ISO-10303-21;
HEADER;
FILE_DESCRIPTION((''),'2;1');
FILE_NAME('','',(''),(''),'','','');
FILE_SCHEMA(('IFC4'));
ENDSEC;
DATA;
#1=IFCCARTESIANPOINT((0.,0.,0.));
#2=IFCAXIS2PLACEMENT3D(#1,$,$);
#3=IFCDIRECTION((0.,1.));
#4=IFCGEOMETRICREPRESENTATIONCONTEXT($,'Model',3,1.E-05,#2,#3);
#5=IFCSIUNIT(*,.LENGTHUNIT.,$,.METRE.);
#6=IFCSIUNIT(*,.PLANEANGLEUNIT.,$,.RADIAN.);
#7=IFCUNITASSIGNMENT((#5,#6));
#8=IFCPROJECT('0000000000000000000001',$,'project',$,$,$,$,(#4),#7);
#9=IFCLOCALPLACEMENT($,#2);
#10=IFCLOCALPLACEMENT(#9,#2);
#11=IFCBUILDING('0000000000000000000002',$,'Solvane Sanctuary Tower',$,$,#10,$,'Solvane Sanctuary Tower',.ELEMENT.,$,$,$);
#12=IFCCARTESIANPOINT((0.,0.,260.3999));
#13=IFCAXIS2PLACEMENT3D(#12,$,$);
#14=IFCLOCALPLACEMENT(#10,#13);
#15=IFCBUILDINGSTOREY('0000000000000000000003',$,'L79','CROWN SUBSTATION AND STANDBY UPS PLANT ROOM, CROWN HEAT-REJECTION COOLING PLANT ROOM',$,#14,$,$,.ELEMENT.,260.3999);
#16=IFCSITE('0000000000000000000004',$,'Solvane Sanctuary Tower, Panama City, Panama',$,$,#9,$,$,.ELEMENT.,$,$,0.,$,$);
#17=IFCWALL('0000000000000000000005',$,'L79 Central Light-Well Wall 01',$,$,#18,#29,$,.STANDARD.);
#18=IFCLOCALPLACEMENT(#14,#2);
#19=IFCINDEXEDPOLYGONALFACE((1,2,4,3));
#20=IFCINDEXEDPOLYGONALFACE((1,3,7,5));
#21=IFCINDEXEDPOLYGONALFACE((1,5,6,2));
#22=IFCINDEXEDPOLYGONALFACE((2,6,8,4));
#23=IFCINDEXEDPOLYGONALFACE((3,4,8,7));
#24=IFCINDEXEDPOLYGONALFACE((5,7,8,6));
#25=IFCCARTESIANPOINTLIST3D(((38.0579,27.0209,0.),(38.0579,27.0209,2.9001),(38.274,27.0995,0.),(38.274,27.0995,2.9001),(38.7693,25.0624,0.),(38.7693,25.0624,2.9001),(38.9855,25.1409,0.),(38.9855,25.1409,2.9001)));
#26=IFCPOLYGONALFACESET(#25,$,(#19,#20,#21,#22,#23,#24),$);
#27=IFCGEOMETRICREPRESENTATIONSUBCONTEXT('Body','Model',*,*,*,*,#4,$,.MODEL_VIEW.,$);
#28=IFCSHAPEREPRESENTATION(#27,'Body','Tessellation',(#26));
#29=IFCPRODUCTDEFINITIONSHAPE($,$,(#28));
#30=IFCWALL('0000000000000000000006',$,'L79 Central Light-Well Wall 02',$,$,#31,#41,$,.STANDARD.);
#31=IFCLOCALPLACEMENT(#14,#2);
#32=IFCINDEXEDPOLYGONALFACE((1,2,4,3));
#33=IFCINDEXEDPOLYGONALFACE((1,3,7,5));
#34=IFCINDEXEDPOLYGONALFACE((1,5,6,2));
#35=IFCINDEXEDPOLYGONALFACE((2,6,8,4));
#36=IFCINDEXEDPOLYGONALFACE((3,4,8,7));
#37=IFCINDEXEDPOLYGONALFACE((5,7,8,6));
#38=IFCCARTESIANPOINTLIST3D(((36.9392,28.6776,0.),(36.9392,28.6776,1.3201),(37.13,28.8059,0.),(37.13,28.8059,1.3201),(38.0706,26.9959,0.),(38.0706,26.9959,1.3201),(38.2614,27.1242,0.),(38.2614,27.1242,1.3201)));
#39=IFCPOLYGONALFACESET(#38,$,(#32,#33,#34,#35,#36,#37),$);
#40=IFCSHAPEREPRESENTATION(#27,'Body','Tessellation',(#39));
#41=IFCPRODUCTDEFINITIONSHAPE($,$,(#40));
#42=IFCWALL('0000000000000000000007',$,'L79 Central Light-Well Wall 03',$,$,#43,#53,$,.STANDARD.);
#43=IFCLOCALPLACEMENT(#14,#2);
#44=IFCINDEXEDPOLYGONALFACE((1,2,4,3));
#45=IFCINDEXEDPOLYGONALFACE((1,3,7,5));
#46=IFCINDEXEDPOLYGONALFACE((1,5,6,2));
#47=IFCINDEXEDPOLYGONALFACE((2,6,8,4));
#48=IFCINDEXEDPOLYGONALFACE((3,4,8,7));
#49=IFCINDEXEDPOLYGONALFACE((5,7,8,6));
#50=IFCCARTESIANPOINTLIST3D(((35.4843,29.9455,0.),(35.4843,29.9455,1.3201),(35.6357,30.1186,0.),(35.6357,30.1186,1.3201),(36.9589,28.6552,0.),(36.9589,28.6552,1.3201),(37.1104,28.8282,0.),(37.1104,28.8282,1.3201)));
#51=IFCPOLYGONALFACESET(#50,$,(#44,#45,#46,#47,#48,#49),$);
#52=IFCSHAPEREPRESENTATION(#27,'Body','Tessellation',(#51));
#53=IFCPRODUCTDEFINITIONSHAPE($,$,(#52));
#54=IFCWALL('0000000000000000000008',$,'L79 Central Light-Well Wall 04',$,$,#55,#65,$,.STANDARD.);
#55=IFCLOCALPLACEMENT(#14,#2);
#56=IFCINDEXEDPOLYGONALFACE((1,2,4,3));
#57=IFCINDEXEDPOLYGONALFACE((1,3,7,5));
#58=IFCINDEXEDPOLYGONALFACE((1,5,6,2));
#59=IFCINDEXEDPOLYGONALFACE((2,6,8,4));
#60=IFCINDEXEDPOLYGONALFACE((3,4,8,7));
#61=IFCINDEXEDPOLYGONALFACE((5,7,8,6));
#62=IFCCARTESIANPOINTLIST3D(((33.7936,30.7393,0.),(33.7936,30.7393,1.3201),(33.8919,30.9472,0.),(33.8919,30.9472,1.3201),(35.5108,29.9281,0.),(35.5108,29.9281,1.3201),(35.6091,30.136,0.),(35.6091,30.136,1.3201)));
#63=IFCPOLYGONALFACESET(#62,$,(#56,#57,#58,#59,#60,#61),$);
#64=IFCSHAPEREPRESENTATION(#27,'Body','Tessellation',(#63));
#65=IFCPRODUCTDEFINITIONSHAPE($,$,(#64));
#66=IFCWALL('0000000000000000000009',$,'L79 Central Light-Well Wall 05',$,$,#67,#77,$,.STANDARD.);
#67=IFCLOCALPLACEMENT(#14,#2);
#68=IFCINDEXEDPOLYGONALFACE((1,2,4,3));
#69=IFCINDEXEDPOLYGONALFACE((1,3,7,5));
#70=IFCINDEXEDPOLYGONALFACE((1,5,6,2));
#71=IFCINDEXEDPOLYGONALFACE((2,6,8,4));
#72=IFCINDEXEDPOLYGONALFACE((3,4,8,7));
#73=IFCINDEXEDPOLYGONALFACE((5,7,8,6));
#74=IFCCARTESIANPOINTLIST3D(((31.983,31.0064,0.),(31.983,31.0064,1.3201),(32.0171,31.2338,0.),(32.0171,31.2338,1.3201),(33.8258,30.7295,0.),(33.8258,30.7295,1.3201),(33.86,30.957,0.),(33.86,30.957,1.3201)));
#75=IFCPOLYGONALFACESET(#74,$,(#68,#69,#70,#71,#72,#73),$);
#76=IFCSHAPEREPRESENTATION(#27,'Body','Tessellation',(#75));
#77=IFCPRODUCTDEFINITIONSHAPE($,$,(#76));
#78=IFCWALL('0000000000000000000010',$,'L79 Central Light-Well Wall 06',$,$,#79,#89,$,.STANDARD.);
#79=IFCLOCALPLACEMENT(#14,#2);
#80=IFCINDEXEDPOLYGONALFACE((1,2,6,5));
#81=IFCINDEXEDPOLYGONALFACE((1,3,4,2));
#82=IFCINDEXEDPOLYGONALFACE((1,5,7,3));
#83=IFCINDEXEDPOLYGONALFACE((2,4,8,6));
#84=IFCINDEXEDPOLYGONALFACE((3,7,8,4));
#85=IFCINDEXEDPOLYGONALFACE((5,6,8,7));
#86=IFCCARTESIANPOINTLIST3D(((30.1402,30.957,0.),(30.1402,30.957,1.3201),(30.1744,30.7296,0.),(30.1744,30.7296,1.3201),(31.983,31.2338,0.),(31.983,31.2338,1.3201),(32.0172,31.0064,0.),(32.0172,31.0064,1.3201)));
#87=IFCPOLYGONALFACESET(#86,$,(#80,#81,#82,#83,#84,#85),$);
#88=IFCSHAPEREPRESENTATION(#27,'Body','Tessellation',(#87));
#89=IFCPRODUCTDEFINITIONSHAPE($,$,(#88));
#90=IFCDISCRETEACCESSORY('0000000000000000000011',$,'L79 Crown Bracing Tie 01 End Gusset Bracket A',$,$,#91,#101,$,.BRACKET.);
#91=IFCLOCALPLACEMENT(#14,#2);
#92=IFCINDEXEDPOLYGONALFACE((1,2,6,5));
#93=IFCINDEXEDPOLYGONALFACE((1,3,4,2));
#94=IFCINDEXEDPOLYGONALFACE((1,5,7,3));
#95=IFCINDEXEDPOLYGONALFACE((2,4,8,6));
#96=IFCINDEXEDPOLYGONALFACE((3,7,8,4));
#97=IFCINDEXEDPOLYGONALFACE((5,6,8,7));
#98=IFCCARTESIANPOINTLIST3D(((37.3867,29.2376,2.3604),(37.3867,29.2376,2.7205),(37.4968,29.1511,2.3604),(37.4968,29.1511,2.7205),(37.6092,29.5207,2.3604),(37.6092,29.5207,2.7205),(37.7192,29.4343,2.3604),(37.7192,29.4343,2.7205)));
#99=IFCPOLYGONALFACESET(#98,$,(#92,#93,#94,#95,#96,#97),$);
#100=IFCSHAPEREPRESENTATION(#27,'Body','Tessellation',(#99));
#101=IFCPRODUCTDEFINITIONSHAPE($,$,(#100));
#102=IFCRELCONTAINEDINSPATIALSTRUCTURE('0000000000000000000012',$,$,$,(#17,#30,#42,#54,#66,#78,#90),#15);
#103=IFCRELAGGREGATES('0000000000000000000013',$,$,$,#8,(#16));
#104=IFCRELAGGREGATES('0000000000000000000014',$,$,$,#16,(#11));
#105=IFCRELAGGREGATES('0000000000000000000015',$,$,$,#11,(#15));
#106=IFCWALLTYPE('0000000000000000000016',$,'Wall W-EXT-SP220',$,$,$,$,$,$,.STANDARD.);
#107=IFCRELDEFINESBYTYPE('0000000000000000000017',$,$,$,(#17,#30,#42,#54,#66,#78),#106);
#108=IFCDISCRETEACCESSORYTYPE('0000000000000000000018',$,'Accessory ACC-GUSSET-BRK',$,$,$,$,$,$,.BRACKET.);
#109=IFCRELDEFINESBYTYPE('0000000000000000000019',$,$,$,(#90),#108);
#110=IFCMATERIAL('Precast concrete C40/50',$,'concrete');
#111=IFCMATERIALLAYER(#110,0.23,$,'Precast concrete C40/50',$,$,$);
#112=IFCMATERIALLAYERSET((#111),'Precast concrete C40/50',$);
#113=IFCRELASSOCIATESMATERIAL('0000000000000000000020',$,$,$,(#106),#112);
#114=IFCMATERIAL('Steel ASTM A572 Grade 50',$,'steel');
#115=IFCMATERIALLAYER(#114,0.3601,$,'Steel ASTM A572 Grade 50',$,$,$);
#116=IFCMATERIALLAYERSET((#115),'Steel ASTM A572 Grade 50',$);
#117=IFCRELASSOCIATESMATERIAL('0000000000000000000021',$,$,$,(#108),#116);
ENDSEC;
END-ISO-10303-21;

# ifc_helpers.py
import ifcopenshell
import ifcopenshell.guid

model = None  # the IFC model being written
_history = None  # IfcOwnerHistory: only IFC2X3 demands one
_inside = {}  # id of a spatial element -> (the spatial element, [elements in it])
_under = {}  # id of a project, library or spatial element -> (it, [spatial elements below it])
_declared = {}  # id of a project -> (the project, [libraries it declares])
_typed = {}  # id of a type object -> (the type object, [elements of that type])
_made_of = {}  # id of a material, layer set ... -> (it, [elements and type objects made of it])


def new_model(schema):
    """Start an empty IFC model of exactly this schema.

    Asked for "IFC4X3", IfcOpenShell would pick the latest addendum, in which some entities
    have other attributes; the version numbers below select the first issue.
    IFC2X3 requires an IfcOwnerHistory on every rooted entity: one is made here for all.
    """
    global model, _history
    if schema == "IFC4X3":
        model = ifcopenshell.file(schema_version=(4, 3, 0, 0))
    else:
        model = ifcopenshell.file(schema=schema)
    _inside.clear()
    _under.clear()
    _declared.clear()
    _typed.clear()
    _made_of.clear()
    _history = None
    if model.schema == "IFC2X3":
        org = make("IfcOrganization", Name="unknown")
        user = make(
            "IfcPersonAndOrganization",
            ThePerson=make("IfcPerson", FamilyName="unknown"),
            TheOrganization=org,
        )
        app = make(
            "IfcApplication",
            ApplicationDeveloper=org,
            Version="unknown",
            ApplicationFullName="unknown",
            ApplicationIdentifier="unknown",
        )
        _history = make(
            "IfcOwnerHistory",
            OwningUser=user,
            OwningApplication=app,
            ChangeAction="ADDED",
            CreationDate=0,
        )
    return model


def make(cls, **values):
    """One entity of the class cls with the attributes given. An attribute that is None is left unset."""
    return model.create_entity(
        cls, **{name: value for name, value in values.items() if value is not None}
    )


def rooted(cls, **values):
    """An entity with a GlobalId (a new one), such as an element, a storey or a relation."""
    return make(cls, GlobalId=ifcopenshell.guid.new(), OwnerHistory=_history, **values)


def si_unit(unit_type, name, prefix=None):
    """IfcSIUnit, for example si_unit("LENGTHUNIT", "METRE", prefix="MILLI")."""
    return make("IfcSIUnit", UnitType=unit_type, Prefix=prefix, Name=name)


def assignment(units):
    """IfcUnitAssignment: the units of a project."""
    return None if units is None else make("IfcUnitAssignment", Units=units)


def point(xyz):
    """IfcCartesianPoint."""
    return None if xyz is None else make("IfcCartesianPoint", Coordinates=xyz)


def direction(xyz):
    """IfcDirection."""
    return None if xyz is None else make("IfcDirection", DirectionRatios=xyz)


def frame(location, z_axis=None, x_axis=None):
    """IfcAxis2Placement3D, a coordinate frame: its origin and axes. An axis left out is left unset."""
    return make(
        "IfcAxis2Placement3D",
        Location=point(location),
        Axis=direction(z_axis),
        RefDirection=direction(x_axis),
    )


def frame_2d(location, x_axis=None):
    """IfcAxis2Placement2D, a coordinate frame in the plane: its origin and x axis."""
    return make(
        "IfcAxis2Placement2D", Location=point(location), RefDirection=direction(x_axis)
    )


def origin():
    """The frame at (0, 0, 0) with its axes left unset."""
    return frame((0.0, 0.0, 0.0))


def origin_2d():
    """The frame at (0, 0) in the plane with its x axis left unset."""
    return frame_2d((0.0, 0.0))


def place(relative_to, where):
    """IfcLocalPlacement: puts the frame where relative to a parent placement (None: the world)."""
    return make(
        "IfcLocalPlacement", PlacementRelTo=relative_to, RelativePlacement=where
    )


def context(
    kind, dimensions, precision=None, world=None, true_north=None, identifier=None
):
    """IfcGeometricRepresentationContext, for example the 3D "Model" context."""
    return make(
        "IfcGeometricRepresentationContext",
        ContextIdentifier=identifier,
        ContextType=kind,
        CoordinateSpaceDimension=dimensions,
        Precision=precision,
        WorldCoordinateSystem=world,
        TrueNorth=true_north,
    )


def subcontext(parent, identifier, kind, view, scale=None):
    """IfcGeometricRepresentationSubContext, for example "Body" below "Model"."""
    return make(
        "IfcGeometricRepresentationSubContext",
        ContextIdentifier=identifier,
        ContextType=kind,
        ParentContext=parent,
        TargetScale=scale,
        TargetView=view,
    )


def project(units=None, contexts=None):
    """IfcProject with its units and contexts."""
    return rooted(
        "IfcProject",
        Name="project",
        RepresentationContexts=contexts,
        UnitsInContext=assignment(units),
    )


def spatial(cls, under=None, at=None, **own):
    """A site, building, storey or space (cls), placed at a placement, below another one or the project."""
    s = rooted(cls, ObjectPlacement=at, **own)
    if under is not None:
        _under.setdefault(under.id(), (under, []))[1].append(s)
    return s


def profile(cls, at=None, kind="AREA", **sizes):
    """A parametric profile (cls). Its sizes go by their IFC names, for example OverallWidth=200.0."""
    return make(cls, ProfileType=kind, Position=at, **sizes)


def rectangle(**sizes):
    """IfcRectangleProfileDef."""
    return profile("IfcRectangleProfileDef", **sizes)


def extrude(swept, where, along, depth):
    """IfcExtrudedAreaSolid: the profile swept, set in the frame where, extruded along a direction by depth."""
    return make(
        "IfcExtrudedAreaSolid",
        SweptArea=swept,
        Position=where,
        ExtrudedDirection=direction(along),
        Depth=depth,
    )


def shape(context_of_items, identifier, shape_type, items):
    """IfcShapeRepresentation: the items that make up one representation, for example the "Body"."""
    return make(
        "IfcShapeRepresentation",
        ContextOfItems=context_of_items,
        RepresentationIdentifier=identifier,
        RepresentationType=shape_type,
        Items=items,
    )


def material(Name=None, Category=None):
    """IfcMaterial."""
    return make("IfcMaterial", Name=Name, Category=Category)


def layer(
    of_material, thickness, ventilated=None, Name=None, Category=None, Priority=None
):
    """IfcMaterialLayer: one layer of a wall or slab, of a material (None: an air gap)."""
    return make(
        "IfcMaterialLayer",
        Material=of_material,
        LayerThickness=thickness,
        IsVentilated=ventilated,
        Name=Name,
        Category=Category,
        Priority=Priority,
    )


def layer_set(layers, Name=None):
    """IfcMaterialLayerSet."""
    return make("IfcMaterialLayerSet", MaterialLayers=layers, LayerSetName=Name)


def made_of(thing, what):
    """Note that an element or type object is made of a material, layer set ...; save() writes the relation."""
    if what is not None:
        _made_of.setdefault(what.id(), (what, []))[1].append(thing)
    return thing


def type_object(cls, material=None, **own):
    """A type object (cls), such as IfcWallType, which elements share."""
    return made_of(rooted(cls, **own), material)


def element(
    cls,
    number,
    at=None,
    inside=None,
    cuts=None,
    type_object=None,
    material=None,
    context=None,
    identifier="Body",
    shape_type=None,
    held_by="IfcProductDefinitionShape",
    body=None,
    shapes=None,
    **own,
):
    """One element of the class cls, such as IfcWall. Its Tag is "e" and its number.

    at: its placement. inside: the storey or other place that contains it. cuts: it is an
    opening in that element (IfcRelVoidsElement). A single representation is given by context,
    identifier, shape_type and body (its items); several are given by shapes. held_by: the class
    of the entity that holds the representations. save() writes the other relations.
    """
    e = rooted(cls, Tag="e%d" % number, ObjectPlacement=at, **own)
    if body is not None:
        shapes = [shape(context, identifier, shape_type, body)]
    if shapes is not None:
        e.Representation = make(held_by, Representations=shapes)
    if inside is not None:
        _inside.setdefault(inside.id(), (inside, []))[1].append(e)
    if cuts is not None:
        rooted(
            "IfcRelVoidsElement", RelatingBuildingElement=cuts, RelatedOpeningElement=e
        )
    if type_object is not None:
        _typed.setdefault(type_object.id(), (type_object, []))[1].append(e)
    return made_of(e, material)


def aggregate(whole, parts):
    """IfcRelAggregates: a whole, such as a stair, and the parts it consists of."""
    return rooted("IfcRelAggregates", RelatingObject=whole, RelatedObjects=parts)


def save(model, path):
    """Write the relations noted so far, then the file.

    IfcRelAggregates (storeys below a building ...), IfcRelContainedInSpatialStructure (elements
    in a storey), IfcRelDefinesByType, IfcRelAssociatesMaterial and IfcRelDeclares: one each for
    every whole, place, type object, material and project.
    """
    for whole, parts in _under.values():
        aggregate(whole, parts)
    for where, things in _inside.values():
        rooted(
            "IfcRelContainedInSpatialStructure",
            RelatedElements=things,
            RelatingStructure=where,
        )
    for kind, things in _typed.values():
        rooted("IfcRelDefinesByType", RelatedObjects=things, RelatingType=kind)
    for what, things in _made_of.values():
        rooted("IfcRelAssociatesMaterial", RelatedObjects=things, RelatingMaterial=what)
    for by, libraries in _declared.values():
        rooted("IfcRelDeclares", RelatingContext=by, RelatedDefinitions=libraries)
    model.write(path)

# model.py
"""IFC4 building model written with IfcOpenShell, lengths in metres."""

from ifc_helpers import new_model, si_unit, direction, frame, frame_2d, origin, origin_2d, place, context, subcontext, project, spatial, rectangle, extrude, material, layer, layer_set, type_object, element, save


model = new_model("IFC4")

# Units and contexts
model_context = context("Model", 3, precision=1e-05, world=origin(), true_north=direction((0.0, 1.0)))
body_context = subcontext(model_context, "Body", "Model", "MODEL_VIEW")
ifc_project = project(units=[si_unit("LENGTHUNIT", "METRE"), si_unit("PLANEANGLEUNIT", "RADIAN")], contexts=[model_context])

# Site, building, storey
site_placement = place(None, origin())
site = spatial("IfcSite", under=ifc_project, at=site_placement, Name="Solvane Sanctuary Tower, Panama City, Panama", CompositionType="ELEMENT", RefElevation=0.0)
building_placement = place(site_placement, origin())
building = spatial("IfcBuilding", under=site, at=building_placement, Name="Solvane Sanctuary Tower", LongName="Solvane Sanctuary Tower", CompositionType="ELEMENT")
storey_placement = place(building_placement, frame((0.0, 0.0, 260.3999)))
storey = spatial("IfcBuildingStorey", under=building, at=storey_placement, Name="L79", Description="CROWN SUBSTATION AND STANDBY UPS PLANT ROOM, CROWN HEAT-REJECTION COOLING PLANT ROOM", CompositionType="ELEMENT", Elevation=260.3999)

# Walls
ifc_material_1 = material(Name="Precast concrete C40/50", Category="concrete")
ifc_layer_1 = layer(ifc_material_1, 0.23, Name="Precast concrete C40/50")
ifc_layer_set_1 = layer_set([ifc_layer_1], Name="Precast concrete C40/50")
wall_type_1 = type_object("IfcWallType", Name="Wall W-EXT-SP220", PredefinedType="STANDARD", material=ifc_layer_set_1)
wall_1_placement = place(storey_placement, frame((38.8774, 25.1016, 0.0), z_axis=(0.0, 0.0, 1.0), x_axis=(-0.341423, 0.93991, 0.0)))
element("IfcWall", 1, at=wall_1_placement, inside=storey, type_object=wall_type_1, Name="L79 Central Light-Well Wall 01", PredefinedType="STANDARD", context=body_context, shape_type="SweptSolid", body=[
    extrude(rectangle(XDim=2.0837, YDim=0.23, at=frame_2d((1.042, 0.0))), origin(), (0.0, 0.0, 1.0), 2.9001),
])
wall_2_placement = place(storey_placement, frame((38.166, 27.0601, 0.0), z_axis=(0.0, 0.0, 1.0), x_axis=(-0.558198, 0.829708, 0.0)))
element("IfcWall", 2, at=wall_2_placement, inside=storey, type_object=wall_type_1, Name="L79 Central Light-Well Wall 02", PredefinedType="STANDARD", context=body_context, shape_type="SweptSolid", body=[
    extrude(rectangle(XDim=2.0269, YDim=0.23, at=frame_2d((1.0134, 0.0))), origin(), (0.0, 0.0, 1.0), 1.3201),
])
wall_3_placement = place(storey_placement, frame((37.0347, 28.7417, 0.0), z_axis=(0.0, 0.0, 1.0), x_axis=(-0.752577, 0.658505, 0.0)))
element("IfcWall", 3, at=wall_3_placement, inside=storey, type_object=wall_type_1, Name="L79 Central Light-Well Wall 03", PredefinedType="STANDARD", context=body_context, shape_type="SweptSolid", body=[
    extrude(rectangle(XDim=1.9595, YDim=0.23, at=frame_2d((0.9797, 0.0))), origin(), (0.0, 0.0, 1.0), 1.3201),
])
wall_4_placement = place(storey_placement, frame((35.5601, 30.032, 0.0), z_axis=(0.0, 0.0, 1.0), x_axis=(-0.90418, 0.427152, 0.0)))
element("IfcWall", 4, at=wall_4_placement, inside=storey, type_object=wall_type_1, Name="L79 Central Light-Well Wall 04", PredefinedType="STANDARD", context=body_context, shape_type="SweptSolid", body=[
    extrude(rectangle(XDim=1.8992, YDim=0.23, at=frame_2d((0.9497, 0.0))), origin(), (0.0, 0.0, 1.0), 1.3201),
])
for number, where, z_axis, x_axis, name in (
    (5, (33.8428, 30.8433, 0.0), (0.0, 0.0, 1.0), (-0.988902, 0.148571, 0.0), "L79 Central Light-Well Wall 05"),
    (6, (32.0, 31.1201, 0.0), (0.0, 0.0, 1.0), (-0.988902, -0.148571, 0.0), "L79 Central Light-Well Wall 06"),
):
    element("IfcWall", number, at=place(storey_placement, frame(where, z_axis=z_axis, x_axis=x_axis)), inside=storey, type_object=wall_type_1, Name=name, PredefinedType="STANDARD", context=body_context, shape_type="SweptSolid", body=[
        extrude(rectangle(XDim=1.8635, YDim=0.23, at=frame_2d((0.9316, 0.0))), origin(), (0.0, 0.0, 1.0), 1.3201),
    ])

# Discrete accessory
ifc_material_2 = material(Name="Steel ASTM A572 Grade 50", Category="steel")
ifc_layer_2 = layer(ifc_material_2, 0.3601, Name="Steel ASTM A572 Grade 50")
ifc_layer_set_2 = layer_set([ifc_layer_2], Name="Steel ASTM A572 Grade 50")
discrete_accessory_type = type_object("IfcDiscreteAccessoryType", Name="Accessory ACC-GUSSET-BRK", PredefinedType="BRACKET", material=ifc_layer_set_2)
discrete_accessory_placement = place(storey_placement, frame((37.553, 29.3359, 2.3604), z_axis=(0.0, 0.0, 1.0), x_axis=(0.617722, 0.786396, 0.0)))
element("IfcDiscreteAccessory", 7, at=discrete_accessory_placement, inside=storey, type_object=discrete_accessory_type, Name="L79 Crown Bracing Tie 01 End Gusset Bracket A", PredefinedType="BRACKET", context=body_context, shape_type="SweptSolid", body=[
    extrude(rectangle(XDim=0.3601, YDim=0.1399, at=origin_2d()), origin(), (0.0, 0.0, 1.0), 0.3601),
])

save(model, "model.ifc")
